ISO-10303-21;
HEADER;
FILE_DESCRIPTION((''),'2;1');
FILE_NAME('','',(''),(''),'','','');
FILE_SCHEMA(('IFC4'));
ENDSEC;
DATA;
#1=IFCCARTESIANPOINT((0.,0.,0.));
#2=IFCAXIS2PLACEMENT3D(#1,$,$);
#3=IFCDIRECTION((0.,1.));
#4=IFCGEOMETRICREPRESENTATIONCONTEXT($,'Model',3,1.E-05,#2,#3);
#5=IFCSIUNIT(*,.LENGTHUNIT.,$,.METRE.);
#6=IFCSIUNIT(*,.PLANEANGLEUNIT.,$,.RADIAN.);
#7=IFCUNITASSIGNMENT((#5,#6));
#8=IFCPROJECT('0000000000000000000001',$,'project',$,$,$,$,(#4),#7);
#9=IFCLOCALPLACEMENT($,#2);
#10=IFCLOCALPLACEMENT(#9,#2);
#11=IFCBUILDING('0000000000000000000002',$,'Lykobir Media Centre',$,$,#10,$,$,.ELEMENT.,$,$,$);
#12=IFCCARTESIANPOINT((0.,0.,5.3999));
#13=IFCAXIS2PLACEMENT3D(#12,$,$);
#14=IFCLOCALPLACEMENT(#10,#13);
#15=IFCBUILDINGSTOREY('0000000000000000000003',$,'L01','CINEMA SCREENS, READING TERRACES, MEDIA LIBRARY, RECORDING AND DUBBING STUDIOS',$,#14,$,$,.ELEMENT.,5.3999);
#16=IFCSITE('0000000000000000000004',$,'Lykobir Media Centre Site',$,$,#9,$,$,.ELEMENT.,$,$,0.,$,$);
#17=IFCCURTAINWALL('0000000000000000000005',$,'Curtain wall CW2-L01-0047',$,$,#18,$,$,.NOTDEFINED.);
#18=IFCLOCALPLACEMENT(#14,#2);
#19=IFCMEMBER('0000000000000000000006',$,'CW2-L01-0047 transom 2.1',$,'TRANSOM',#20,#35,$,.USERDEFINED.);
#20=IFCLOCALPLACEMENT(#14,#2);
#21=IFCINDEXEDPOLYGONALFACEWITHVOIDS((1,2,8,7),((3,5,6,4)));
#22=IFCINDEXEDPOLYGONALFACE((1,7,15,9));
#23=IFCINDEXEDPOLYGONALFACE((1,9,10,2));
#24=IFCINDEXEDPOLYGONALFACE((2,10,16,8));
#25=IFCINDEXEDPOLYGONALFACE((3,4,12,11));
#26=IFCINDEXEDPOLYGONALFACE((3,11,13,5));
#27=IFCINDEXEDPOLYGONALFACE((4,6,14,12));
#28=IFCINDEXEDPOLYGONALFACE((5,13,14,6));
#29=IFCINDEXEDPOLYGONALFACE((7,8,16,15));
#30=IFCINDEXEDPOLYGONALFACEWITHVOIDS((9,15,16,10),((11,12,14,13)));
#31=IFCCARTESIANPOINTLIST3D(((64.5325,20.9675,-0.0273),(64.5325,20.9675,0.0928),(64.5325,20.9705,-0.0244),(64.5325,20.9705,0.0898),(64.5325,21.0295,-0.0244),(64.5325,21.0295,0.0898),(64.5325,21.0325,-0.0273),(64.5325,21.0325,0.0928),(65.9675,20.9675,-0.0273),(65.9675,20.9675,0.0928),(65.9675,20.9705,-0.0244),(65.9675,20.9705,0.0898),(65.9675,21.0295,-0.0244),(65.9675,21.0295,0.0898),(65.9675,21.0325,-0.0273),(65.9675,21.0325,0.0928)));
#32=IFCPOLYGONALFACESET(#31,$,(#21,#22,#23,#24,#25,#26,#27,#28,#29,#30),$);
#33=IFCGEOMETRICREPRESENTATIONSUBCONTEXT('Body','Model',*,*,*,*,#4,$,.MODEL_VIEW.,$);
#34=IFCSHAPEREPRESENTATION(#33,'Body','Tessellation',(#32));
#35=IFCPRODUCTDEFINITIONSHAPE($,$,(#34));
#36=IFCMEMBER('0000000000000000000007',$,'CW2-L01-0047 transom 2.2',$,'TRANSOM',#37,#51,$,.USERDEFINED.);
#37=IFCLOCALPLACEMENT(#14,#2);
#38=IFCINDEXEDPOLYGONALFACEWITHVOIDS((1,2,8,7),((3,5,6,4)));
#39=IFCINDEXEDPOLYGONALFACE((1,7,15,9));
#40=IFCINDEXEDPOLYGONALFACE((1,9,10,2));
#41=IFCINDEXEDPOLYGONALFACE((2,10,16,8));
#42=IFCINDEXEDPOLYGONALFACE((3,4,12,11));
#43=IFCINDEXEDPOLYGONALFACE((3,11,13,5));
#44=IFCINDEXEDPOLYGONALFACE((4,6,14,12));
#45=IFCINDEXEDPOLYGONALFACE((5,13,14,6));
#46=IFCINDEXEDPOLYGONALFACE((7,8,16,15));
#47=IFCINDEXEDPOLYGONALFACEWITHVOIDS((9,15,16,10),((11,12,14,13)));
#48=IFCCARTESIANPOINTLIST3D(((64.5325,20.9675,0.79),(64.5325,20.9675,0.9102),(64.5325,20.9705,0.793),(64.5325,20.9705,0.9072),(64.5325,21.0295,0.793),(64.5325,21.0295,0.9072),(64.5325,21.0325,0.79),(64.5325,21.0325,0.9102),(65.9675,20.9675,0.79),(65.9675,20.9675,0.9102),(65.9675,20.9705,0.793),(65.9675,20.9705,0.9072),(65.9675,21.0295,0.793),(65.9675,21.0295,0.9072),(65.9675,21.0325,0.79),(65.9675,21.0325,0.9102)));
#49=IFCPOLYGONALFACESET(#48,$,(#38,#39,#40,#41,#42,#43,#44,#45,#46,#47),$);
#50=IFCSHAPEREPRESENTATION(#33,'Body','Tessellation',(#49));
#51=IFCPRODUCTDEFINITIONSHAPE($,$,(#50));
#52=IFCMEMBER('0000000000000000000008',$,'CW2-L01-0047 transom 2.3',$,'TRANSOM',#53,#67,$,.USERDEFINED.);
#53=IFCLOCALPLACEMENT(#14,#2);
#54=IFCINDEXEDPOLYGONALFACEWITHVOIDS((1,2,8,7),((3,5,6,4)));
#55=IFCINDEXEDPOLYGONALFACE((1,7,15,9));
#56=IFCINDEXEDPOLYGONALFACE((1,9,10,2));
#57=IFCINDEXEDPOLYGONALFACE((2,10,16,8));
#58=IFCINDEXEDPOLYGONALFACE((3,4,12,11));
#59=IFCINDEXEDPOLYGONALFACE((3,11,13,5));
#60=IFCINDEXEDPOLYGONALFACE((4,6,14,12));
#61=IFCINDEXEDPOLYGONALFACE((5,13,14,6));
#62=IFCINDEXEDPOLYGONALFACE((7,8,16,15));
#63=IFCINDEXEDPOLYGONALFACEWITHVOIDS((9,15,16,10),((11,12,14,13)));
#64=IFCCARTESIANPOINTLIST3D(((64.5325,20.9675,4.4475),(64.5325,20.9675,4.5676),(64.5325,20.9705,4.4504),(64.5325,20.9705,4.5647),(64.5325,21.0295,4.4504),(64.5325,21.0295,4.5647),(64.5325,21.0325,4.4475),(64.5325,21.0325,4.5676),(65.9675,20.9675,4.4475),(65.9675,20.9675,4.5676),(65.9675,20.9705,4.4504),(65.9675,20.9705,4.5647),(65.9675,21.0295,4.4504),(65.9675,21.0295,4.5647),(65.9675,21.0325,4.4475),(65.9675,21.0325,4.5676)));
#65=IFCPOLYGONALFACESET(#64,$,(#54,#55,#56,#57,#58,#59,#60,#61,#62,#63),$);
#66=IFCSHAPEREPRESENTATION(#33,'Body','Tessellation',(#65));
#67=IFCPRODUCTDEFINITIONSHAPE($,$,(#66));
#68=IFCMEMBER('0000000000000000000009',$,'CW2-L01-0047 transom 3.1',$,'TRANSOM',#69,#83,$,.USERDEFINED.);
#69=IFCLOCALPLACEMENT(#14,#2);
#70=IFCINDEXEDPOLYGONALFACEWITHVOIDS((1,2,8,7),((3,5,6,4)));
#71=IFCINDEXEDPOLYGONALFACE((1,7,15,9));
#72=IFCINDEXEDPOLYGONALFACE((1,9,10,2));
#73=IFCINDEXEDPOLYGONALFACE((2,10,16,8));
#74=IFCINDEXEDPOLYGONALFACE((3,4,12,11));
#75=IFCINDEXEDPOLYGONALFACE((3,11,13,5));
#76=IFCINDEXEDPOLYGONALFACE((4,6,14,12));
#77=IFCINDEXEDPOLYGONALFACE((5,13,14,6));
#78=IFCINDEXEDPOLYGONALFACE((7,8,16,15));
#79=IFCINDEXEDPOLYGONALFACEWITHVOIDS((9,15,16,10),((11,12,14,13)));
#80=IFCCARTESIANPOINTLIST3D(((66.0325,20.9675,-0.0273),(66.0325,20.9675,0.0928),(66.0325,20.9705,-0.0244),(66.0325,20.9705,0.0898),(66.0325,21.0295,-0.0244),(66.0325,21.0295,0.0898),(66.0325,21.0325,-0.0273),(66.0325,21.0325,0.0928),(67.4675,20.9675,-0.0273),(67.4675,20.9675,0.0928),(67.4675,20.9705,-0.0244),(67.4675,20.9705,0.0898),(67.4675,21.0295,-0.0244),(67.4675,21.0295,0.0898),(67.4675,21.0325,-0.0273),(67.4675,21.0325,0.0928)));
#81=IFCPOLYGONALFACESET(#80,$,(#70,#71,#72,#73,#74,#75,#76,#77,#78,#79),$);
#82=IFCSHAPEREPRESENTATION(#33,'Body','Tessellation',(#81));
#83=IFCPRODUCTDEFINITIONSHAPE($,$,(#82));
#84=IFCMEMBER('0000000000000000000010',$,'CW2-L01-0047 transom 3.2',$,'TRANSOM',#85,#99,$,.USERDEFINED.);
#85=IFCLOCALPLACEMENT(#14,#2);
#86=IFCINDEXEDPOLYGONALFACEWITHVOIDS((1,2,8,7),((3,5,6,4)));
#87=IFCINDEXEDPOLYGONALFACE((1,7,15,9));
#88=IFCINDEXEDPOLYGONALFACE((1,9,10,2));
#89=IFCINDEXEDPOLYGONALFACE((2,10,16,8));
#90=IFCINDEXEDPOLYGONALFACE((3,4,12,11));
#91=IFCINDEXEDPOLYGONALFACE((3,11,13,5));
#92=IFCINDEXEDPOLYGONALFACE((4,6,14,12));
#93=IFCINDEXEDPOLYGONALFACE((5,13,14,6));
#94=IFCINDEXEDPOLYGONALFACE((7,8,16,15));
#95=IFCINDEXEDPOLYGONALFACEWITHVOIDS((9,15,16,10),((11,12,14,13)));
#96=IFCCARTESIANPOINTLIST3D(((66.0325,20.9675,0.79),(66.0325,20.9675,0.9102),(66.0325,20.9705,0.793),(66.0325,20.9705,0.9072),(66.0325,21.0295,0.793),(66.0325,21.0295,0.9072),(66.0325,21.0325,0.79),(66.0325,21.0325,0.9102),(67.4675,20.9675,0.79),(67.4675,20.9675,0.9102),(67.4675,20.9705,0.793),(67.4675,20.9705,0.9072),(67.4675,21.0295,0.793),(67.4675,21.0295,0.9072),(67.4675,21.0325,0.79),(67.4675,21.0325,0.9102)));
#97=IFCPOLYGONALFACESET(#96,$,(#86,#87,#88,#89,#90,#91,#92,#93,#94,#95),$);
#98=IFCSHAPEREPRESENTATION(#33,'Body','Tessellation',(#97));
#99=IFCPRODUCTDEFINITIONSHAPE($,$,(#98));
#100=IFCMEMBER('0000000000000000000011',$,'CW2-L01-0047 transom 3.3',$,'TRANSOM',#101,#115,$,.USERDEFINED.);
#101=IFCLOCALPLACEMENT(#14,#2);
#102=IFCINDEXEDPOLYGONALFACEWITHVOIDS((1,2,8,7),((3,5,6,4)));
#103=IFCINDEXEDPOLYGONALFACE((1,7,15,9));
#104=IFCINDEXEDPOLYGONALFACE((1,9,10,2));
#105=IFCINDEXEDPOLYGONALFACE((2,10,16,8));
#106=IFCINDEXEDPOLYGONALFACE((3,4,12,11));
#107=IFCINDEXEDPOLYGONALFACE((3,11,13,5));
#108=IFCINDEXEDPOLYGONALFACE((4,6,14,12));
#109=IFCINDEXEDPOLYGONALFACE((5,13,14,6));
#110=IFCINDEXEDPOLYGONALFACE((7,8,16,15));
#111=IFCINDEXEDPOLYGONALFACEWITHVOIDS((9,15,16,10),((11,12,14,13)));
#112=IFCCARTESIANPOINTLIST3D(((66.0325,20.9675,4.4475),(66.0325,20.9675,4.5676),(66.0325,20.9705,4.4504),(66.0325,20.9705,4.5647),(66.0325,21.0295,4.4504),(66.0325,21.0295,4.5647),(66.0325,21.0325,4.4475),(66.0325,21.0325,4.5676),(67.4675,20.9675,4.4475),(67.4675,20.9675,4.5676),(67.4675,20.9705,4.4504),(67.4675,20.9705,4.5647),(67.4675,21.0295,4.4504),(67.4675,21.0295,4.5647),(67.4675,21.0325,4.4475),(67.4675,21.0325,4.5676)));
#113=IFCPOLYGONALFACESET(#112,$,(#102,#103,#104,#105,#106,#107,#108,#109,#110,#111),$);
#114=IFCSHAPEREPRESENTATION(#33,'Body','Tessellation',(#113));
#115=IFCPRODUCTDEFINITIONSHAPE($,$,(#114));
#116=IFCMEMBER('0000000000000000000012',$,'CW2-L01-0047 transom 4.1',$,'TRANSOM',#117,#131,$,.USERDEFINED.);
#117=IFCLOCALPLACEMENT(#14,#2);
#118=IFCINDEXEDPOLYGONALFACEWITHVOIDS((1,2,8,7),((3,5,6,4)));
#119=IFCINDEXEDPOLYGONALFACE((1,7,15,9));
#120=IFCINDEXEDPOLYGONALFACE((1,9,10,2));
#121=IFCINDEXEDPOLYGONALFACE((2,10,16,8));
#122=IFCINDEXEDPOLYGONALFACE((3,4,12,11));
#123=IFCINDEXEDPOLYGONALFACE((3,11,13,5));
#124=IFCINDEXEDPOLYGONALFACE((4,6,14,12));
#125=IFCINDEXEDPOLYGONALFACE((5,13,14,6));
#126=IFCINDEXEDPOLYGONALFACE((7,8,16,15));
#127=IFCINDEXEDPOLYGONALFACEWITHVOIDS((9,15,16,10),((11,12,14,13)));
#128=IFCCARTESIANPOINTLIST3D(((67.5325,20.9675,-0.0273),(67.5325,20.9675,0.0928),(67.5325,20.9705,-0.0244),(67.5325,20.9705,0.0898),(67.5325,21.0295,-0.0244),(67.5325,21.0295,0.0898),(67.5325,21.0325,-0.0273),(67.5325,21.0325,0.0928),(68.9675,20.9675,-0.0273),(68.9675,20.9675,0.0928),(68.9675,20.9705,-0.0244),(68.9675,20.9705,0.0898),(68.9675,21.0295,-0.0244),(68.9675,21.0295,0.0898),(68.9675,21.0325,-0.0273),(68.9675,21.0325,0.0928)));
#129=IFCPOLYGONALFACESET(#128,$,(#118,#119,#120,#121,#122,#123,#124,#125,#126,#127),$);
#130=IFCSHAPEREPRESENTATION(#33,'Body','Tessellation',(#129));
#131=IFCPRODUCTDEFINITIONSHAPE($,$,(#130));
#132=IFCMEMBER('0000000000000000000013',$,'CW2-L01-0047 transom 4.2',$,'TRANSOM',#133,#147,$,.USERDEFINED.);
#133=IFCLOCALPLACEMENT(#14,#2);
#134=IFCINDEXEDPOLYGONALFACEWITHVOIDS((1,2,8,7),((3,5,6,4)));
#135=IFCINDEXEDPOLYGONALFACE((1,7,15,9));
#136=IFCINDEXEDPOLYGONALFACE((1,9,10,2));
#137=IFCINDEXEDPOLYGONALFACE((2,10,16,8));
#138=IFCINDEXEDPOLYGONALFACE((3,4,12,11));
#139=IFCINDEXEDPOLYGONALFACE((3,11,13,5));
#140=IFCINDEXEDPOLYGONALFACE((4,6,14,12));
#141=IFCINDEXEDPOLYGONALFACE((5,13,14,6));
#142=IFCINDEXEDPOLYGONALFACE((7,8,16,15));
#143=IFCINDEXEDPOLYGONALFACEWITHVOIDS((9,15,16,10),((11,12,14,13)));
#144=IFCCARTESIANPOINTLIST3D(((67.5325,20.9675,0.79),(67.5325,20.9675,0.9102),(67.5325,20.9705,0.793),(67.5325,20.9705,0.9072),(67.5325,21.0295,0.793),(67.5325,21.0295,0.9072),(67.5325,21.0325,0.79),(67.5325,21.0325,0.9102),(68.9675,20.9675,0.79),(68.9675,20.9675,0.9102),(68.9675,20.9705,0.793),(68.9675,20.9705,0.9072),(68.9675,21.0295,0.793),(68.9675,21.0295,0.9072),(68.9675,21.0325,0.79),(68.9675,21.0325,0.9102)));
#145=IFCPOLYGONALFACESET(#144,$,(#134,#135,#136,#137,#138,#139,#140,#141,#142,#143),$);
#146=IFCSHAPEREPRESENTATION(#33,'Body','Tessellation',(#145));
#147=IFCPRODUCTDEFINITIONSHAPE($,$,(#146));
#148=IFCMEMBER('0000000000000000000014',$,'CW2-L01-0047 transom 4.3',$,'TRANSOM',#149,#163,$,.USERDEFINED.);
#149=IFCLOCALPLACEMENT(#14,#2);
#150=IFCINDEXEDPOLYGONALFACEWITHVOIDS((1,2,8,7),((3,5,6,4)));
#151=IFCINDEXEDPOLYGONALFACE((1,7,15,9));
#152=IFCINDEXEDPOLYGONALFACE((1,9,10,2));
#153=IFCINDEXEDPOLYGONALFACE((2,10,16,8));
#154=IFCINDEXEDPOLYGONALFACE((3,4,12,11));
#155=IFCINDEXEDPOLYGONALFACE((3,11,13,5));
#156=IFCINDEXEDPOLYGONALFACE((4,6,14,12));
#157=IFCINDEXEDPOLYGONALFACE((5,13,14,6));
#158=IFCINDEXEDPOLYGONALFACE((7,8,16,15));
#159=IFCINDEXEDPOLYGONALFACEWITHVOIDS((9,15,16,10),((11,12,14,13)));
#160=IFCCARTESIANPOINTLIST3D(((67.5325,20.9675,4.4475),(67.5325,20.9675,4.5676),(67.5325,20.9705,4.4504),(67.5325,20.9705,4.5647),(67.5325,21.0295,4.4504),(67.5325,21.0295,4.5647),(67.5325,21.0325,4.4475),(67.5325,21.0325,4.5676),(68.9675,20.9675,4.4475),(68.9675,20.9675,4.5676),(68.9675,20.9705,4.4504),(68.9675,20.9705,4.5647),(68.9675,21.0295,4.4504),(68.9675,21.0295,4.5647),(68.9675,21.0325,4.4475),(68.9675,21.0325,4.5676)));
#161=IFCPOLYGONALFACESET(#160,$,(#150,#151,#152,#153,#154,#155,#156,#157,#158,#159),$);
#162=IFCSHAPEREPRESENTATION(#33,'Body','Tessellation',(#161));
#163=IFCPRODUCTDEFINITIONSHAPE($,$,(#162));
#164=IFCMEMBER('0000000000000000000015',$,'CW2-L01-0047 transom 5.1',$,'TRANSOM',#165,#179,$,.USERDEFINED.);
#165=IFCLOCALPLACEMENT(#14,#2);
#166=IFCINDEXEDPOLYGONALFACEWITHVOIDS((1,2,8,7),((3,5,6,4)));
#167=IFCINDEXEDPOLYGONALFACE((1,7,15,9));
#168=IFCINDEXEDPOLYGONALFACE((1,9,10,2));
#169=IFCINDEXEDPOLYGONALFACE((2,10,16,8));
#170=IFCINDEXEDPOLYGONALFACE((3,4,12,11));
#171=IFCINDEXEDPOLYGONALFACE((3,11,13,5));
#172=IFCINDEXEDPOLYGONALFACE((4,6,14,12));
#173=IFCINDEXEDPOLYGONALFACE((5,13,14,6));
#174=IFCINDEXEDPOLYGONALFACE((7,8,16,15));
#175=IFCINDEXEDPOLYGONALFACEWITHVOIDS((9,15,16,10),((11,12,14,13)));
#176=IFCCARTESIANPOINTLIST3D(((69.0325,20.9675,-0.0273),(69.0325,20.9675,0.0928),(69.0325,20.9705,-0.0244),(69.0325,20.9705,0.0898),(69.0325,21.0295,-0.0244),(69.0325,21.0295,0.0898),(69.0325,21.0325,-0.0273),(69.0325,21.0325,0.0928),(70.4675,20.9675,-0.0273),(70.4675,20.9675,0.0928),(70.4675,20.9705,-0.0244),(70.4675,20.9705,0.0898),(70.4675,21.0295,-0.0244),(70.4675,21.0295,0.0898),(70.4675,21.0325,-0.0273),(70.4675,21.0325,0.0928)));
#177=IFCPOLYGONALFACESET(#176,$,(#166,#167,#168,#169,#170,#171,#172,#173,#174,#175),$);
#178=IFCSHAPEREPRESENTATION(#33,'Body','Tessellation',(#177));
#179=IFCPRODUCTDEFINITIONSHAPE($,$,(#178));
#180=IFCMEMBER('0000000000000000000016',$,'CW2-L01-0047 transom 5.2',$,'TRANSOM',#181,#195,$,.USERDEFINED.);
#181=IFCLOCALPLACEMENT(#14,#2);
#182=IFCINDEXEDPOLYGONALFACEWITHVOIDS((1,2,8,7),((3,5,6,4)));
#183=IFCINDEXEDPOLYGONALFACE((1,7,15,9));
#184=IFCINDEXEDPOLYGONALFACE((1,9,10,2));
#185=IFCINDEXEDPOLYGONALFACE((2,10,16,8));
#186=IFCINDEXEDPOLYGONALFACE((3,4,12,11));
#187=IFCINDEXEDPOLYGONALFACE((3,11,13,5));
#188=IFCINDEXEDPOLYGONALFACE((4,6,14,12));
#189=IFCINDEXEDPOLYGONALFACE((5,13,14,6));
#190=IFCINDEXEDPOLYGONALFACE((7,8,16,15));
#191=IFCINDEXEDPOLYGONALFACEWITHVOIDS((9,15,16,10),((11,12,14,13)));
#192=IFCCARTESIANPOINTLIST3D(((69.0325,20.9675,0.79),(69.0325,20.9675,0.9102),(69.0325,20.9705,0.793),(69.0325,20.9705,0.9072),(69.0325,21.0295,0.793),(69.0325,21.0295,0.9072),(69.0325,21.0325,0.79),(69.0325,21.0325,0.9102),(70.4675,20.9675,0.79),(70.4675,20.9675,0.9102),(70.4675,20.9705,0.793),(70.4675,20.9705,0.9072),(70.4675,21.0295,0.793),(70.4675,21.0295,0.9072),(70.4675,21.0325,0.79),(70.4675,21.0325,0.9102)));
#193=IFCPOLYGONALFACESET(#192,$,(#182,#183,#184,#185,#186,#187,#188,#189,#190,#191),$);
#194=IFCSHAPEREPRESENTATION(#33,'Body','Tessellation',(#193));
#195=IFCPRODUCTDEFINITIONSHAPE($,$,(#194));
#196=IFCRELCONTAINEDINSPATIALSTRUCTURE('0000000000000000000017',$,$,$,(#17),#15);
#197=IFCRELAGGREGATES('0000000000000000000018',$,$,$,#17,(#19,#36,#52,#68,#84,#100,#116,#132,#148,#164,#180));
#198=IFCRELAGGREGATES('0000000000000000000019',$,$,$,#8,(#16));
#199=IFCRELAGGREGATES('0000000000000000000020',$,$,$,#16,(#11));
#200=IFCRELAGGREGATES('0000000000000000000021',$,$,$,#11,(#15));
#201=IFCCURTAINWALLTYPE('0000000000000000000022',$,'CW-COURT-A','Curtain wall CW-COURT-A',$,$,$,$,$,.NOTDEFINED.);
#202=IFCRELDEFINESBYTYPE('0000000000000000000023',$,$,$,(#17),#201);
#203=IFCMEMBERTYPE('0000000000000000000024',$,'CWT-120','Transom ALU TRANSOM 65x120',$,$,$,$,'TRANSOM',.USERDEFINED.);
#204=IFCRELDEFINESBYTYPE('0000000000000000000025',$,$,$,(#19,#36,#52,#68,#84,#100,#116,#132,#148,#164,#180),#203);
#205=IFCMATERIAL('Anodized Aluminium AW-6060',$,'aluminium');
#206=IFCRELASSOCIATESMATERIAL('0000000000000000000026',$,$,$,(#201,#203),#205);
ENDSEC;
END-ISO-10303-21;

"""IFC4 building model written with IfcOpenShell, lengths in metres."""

from ifc_helpers import new_model, si_unit, direction, frame, origin, origin_2d, place, context, subcontext, project, spatial, hollow_rectangle, extrude, material, material_profile, profile_set, type_object, element, aggregate, save


model = new_model("IFC4")

# Units and contexts
model_context = context("Model", 3, precision=1e-05, world=origin(), true_north=direction((0.0, 1.0)))
body_context = subcontext(model_context, "Body", "Model", "MODEL_VIEW")
ifc_project = project(units=[si_unit("LENGTHUNIT", "METRE"), si_unit("PLANEANGLEUNIT", "RADIAN")], contexts=[model_context])

# Site, building, storey
site_placement = place(None, origin())
site = spatial("IfcSite", under=ifc_project, at=site_placement, Name="Lykobir Media Centre Site", CompositionType="ELEMENT", RefElevation=0.0)
building_placement = place(site_placement, origin())
building = spatial("IfcBuilding", under=site, at=building_placement, Name="Lykobir Media Centre", CompositionType="ELEMENT")
storey_placement = place(building_placement, frame((0.0, 0.0, 5.3999)))
storey = spatial("IfcBuildingStorey", under=building, at=storey_placement, Name="L01", Description="CINEMA SCREENS, READING TERRACES, MEDIA LIBRARY, RECORDING AND DUBBING STUDIOS", CompositionType="ELEMENT", Elevation=5.3999)

# Shared definitions
ifc_material_1 = material(Name="Anodized Aluminium AW-6060", Category="aluminium")
curtain_wall_type = type_object("IfcCurtainWallType", Name="CW-COURT-A", Description="Curtain wall CW-COURT-A", PredefinedType="NOTDEFINED", material=ifc_material_1)

# Curtain wall, members
curtain_wall_1_placement = place(storey_placement, origin())
curtain_wall_1 = element("IfcCurtainWall", 1, at=curtain_wall_1_placement, inside=storey, type_object=curtain_wall_type, Name="Curtain wall CW2-L01-0047", PredefinedType="NOTDEFINED")
ifc_material_profile_1 = material_profile(ifc_material_1, hollow_rectangle(XDim=0.0649, YDim=0.1201, WallThickness=0.0029, at=origin_2d()), Name="ALU TRANSOM 65x120")
ifc_profile_set_1 = profile_set([ifc_material_profile_1], Name="Anodized Aluminium AW-6060")
member_type_1 = type_object("IfcMemberType", Name="CWT-120", Description="Transom ALU TRANSOM 65x120", ElementType="TRANSOM", PredefinedType="USERDEFINED", material=ifc_profile_set_1)
member_1_placement = place(storey_placement, frame((64.5325, 21.0, 0.0327), z_axis=(1.0, 0.0, 0.0), x_axis=(0.0, 1.0, 0.0)))
member_1 = element("IfcMember", 2, at=member_1_placement, type_object=member_type_1, Name="CW2-L01-0047 transom 2.1", ObjectType="TRANSOM", PredefinedType="USERDEFINED", context=body_context, shape_type="SweptSolid", body=[
    extrude(hollow_rectangle(XDim=0.0649, YDim=0.1201, WallThickness=0.0029, at=origin_2d()), origin(), (0.0, 0.0, 1.0), 1.4351),
])
member_2_placement = place(storey_placement, frame((64.5325, 21.0, 0.8501), z_axis=(1.0, 0.0, 0.0), x_axis=(0.0, 1.0, 0.0)))
member_2 = element("IfcMember", 3, at=member_2_placement, type_object=member_type_1, Name="CW2-L01-0047 transom 2.2", ObjectType="TRANSOM", PredefinedType="USERDEFINED", context=body_context, shape_type="SweptSolid", body=[
    extrude(hollow_rectangle(XDim=0.0649, YDim=0.1201, WallThickness=0.0029, at=origin_2d()), origin(), (0.0, 0.0, 1.0), 1.4351),
])
member_3_placement = place(storey_placement, frame((64.5325, 21.0, 4.5076), z_axis=(1.0, 0.0, 0.0), x_axis=(0.0, 1.0, 0.0)))
member_3 = element("IfcMember", 4, at=member_3_placement, type_object=member_type_1, Name="CW2-L01-0047 transom 2.3", ObjectType="TRANSOM", PredefinedType="USERDEFINED", context=body_context, shape_type="SweptSolid", body=[
    extrude(hollow_rectangle(XDim=0.0649, YDim=0.1201, WallThickness=0.0029, at=origin_2d()), origin(), (0.0, 0.0, 1.0), 1.4351),
])
member_4_placement = place(storey_placement, frame((66.0325, 21.0, 0.0327), z_axis=(1.0, 0.0, 0.0), x_axis=(0.0, 1.0, 0.0)))
member_4 = element("IfcMember", 5, at=member_4_placement, type_object=member_type_1, Name="CW2-L01-0047 transom 3.1", ObjectType="TRANSOM", PredefinedType="USERDEFINED", context=body_context, shape_type="SweptSolid", body=[
    extrude(hollow_rectangle(XDim=0.0649, YDim=0.1201, WallThickness=0.0029, at=origin_2d()), origin(), (0.0, 0.0, 1.0), 1.4351),
])
member_5_placement = place(storey_placement, frame((66.0325, 21.0, 0.8501), z_axis=(1.0, 0.0, 0.0), x_axis=(0.0, 1.0, 0.0)))
member_5 = element("IfcMember", 6, at=member_5_placement, type_object=member_type_1, Name="CW2-L01-0047 transom 3.2", ObjectType="TRANSOM", PredefinedType="USERDEFINED", context=body_context, shape_type="SweptSolid", body=[
    extrude(hollow_rectangle(XDim=0.0649, YDim=0.1201, WallThickness=0.0029, at=origin_2d()), origin(), (0.0, 0.0, 1.0), 1.4351),
])
member_6_placement = place(storey_placement, frame((66.0325, 21.0, 4.5076), z_axis=(1.0, 0.0, 0.0), x_axis=(0.0, 1.0, 0.0)))
member_6 = element("IfcMember", 7, at=member_6_placement, type_object=member_type_1, Name="CW2-L01-0047 transom 3.3", ObjectType="TRANSOM", PredefinedType="USERDEFINED", context=body_context, shape_type="SweptSolid", body=[
    extrude(hollow_rectangle(XDim=0.0649, YDim=0.1201, WallThickness=0.0029, at=origin_2d()), origin(), (0.0, 0.0, 1.0), 1.4351),
])
member_7_placement = place(storey_placement, frame((67.5325, 21.0, 0.0327), z_axis=(1.0, 0.0, 0.0), x_axis=(0.0, 1.0, 0.0)))
member_7 = element("IfcMember", 8, at=member_7_placement, type_object=member_type_1, Name="CW2-L01-0047 transom 4.1", ObjectType="TRANSOM", PredefinedType="USERDEFINED", context=body_context, shape_type="SweptSolid", body=[
    extrude(hollow_rectangle(XDim=0.0649, YDim=0.1201, WallThickness=0.0029, at=origin_2d()), origin(), (0.0, 0.0, 1.0), 1.4351),
])
member_8_placement = place(storey_placement, frame((67.5325, 21.0, 0.8501), z_axis=(1.0, 0.0, 0.0), x_axis=(0.0, 1.0, 0.0)))
member_8 = element("IfcMember", 9, at=member_8_placement, type_object=member_type_1, Name="CW2-L01-0047 transom 4.2", ObjectType="TRANSOM", PredefinedType="USERDEFINED", context=body_context, shape_type="SweptSolid", body=[
    extrude(hollow_rectangle(XDim=0.0649, YDim=0.1201, WallThickness=0.0029, at=origin_2d()), origin(), (0.0, 0.0, 1.0), 1.4351),
])
member_9_placement = place(storey_placement, frame((67.5325, 21.0, 4.5076), z_axis=(1.0, 0.0, 0.0), x_axis=(0.0, 1.0, 0.0)))
member_9 = element("IfcMember", 10, at=member_9_placement, type_object=member_type_1, Name="CW2-L01-0047 transom 4.3", ObjectType="TRANSOM", PredefinedType="USERDEFINED", context=body_context, shape_type="SweptSolid", body=[
    extrude(hollow_rectangle(XDim=0.0649, YDim=0.1201, WallThickness=0.0029, at=origin_2d()), origin(), (0.0, 0.0, 1.0), 1.4351),
])
member_10_placement = place(storey_placement, frame((69.0325, 21.0, 0.0327), z_axis=(1.0, 0.0, 0.0), x_axis=(0.0, 1.0, 0.0)))
member_10 = element("IfcMember", 11, at=member_10_placement, type_object=member_type_1, Name="CW2-L01-0047 transom 5.1", ObjectType="TRANSOM", PredefinedType="USERDEFINED", context=body_context, shape_type="SweptSolid", body=[
    extrude(hollow_rectangle(XDim=0.0649, YDim=0.1201, WallThickness=0.0029, at=origin_2d()), origin(), (0.0, 0.0, 1.0), 1.4351),
])
member_11_placement = place(storey_placement, frame((69.0325, 21.0, 0.8501), z_axis=(1.0, 0.0, 0.0), x_axis=(0.0, 1.0, 0.0)))
member_11 = element("IfcMember", 12, at=member_11_placement, type_object=member_type_1, Name="CW2-L01-0047 transom 5.2", ObjectType="TRANSOM", PredefinedType="USERDEFINED", context=body_context, shape_type="SweptSolid", body=[
    extrude(hollow_rectangle(XDim=0.0649, YDim=0.1201, WallThickness=0.0029, at=origin_2d()), origin(), (0.0, 0.0, 1.0), 1.4351),
])

aggregate(curtain_wall_1, [member_1, member_2, member_3, member_4, member_5, member_6, member_7, member_8, member_9, member_10, member_11])

save(model, "model.ifc")
